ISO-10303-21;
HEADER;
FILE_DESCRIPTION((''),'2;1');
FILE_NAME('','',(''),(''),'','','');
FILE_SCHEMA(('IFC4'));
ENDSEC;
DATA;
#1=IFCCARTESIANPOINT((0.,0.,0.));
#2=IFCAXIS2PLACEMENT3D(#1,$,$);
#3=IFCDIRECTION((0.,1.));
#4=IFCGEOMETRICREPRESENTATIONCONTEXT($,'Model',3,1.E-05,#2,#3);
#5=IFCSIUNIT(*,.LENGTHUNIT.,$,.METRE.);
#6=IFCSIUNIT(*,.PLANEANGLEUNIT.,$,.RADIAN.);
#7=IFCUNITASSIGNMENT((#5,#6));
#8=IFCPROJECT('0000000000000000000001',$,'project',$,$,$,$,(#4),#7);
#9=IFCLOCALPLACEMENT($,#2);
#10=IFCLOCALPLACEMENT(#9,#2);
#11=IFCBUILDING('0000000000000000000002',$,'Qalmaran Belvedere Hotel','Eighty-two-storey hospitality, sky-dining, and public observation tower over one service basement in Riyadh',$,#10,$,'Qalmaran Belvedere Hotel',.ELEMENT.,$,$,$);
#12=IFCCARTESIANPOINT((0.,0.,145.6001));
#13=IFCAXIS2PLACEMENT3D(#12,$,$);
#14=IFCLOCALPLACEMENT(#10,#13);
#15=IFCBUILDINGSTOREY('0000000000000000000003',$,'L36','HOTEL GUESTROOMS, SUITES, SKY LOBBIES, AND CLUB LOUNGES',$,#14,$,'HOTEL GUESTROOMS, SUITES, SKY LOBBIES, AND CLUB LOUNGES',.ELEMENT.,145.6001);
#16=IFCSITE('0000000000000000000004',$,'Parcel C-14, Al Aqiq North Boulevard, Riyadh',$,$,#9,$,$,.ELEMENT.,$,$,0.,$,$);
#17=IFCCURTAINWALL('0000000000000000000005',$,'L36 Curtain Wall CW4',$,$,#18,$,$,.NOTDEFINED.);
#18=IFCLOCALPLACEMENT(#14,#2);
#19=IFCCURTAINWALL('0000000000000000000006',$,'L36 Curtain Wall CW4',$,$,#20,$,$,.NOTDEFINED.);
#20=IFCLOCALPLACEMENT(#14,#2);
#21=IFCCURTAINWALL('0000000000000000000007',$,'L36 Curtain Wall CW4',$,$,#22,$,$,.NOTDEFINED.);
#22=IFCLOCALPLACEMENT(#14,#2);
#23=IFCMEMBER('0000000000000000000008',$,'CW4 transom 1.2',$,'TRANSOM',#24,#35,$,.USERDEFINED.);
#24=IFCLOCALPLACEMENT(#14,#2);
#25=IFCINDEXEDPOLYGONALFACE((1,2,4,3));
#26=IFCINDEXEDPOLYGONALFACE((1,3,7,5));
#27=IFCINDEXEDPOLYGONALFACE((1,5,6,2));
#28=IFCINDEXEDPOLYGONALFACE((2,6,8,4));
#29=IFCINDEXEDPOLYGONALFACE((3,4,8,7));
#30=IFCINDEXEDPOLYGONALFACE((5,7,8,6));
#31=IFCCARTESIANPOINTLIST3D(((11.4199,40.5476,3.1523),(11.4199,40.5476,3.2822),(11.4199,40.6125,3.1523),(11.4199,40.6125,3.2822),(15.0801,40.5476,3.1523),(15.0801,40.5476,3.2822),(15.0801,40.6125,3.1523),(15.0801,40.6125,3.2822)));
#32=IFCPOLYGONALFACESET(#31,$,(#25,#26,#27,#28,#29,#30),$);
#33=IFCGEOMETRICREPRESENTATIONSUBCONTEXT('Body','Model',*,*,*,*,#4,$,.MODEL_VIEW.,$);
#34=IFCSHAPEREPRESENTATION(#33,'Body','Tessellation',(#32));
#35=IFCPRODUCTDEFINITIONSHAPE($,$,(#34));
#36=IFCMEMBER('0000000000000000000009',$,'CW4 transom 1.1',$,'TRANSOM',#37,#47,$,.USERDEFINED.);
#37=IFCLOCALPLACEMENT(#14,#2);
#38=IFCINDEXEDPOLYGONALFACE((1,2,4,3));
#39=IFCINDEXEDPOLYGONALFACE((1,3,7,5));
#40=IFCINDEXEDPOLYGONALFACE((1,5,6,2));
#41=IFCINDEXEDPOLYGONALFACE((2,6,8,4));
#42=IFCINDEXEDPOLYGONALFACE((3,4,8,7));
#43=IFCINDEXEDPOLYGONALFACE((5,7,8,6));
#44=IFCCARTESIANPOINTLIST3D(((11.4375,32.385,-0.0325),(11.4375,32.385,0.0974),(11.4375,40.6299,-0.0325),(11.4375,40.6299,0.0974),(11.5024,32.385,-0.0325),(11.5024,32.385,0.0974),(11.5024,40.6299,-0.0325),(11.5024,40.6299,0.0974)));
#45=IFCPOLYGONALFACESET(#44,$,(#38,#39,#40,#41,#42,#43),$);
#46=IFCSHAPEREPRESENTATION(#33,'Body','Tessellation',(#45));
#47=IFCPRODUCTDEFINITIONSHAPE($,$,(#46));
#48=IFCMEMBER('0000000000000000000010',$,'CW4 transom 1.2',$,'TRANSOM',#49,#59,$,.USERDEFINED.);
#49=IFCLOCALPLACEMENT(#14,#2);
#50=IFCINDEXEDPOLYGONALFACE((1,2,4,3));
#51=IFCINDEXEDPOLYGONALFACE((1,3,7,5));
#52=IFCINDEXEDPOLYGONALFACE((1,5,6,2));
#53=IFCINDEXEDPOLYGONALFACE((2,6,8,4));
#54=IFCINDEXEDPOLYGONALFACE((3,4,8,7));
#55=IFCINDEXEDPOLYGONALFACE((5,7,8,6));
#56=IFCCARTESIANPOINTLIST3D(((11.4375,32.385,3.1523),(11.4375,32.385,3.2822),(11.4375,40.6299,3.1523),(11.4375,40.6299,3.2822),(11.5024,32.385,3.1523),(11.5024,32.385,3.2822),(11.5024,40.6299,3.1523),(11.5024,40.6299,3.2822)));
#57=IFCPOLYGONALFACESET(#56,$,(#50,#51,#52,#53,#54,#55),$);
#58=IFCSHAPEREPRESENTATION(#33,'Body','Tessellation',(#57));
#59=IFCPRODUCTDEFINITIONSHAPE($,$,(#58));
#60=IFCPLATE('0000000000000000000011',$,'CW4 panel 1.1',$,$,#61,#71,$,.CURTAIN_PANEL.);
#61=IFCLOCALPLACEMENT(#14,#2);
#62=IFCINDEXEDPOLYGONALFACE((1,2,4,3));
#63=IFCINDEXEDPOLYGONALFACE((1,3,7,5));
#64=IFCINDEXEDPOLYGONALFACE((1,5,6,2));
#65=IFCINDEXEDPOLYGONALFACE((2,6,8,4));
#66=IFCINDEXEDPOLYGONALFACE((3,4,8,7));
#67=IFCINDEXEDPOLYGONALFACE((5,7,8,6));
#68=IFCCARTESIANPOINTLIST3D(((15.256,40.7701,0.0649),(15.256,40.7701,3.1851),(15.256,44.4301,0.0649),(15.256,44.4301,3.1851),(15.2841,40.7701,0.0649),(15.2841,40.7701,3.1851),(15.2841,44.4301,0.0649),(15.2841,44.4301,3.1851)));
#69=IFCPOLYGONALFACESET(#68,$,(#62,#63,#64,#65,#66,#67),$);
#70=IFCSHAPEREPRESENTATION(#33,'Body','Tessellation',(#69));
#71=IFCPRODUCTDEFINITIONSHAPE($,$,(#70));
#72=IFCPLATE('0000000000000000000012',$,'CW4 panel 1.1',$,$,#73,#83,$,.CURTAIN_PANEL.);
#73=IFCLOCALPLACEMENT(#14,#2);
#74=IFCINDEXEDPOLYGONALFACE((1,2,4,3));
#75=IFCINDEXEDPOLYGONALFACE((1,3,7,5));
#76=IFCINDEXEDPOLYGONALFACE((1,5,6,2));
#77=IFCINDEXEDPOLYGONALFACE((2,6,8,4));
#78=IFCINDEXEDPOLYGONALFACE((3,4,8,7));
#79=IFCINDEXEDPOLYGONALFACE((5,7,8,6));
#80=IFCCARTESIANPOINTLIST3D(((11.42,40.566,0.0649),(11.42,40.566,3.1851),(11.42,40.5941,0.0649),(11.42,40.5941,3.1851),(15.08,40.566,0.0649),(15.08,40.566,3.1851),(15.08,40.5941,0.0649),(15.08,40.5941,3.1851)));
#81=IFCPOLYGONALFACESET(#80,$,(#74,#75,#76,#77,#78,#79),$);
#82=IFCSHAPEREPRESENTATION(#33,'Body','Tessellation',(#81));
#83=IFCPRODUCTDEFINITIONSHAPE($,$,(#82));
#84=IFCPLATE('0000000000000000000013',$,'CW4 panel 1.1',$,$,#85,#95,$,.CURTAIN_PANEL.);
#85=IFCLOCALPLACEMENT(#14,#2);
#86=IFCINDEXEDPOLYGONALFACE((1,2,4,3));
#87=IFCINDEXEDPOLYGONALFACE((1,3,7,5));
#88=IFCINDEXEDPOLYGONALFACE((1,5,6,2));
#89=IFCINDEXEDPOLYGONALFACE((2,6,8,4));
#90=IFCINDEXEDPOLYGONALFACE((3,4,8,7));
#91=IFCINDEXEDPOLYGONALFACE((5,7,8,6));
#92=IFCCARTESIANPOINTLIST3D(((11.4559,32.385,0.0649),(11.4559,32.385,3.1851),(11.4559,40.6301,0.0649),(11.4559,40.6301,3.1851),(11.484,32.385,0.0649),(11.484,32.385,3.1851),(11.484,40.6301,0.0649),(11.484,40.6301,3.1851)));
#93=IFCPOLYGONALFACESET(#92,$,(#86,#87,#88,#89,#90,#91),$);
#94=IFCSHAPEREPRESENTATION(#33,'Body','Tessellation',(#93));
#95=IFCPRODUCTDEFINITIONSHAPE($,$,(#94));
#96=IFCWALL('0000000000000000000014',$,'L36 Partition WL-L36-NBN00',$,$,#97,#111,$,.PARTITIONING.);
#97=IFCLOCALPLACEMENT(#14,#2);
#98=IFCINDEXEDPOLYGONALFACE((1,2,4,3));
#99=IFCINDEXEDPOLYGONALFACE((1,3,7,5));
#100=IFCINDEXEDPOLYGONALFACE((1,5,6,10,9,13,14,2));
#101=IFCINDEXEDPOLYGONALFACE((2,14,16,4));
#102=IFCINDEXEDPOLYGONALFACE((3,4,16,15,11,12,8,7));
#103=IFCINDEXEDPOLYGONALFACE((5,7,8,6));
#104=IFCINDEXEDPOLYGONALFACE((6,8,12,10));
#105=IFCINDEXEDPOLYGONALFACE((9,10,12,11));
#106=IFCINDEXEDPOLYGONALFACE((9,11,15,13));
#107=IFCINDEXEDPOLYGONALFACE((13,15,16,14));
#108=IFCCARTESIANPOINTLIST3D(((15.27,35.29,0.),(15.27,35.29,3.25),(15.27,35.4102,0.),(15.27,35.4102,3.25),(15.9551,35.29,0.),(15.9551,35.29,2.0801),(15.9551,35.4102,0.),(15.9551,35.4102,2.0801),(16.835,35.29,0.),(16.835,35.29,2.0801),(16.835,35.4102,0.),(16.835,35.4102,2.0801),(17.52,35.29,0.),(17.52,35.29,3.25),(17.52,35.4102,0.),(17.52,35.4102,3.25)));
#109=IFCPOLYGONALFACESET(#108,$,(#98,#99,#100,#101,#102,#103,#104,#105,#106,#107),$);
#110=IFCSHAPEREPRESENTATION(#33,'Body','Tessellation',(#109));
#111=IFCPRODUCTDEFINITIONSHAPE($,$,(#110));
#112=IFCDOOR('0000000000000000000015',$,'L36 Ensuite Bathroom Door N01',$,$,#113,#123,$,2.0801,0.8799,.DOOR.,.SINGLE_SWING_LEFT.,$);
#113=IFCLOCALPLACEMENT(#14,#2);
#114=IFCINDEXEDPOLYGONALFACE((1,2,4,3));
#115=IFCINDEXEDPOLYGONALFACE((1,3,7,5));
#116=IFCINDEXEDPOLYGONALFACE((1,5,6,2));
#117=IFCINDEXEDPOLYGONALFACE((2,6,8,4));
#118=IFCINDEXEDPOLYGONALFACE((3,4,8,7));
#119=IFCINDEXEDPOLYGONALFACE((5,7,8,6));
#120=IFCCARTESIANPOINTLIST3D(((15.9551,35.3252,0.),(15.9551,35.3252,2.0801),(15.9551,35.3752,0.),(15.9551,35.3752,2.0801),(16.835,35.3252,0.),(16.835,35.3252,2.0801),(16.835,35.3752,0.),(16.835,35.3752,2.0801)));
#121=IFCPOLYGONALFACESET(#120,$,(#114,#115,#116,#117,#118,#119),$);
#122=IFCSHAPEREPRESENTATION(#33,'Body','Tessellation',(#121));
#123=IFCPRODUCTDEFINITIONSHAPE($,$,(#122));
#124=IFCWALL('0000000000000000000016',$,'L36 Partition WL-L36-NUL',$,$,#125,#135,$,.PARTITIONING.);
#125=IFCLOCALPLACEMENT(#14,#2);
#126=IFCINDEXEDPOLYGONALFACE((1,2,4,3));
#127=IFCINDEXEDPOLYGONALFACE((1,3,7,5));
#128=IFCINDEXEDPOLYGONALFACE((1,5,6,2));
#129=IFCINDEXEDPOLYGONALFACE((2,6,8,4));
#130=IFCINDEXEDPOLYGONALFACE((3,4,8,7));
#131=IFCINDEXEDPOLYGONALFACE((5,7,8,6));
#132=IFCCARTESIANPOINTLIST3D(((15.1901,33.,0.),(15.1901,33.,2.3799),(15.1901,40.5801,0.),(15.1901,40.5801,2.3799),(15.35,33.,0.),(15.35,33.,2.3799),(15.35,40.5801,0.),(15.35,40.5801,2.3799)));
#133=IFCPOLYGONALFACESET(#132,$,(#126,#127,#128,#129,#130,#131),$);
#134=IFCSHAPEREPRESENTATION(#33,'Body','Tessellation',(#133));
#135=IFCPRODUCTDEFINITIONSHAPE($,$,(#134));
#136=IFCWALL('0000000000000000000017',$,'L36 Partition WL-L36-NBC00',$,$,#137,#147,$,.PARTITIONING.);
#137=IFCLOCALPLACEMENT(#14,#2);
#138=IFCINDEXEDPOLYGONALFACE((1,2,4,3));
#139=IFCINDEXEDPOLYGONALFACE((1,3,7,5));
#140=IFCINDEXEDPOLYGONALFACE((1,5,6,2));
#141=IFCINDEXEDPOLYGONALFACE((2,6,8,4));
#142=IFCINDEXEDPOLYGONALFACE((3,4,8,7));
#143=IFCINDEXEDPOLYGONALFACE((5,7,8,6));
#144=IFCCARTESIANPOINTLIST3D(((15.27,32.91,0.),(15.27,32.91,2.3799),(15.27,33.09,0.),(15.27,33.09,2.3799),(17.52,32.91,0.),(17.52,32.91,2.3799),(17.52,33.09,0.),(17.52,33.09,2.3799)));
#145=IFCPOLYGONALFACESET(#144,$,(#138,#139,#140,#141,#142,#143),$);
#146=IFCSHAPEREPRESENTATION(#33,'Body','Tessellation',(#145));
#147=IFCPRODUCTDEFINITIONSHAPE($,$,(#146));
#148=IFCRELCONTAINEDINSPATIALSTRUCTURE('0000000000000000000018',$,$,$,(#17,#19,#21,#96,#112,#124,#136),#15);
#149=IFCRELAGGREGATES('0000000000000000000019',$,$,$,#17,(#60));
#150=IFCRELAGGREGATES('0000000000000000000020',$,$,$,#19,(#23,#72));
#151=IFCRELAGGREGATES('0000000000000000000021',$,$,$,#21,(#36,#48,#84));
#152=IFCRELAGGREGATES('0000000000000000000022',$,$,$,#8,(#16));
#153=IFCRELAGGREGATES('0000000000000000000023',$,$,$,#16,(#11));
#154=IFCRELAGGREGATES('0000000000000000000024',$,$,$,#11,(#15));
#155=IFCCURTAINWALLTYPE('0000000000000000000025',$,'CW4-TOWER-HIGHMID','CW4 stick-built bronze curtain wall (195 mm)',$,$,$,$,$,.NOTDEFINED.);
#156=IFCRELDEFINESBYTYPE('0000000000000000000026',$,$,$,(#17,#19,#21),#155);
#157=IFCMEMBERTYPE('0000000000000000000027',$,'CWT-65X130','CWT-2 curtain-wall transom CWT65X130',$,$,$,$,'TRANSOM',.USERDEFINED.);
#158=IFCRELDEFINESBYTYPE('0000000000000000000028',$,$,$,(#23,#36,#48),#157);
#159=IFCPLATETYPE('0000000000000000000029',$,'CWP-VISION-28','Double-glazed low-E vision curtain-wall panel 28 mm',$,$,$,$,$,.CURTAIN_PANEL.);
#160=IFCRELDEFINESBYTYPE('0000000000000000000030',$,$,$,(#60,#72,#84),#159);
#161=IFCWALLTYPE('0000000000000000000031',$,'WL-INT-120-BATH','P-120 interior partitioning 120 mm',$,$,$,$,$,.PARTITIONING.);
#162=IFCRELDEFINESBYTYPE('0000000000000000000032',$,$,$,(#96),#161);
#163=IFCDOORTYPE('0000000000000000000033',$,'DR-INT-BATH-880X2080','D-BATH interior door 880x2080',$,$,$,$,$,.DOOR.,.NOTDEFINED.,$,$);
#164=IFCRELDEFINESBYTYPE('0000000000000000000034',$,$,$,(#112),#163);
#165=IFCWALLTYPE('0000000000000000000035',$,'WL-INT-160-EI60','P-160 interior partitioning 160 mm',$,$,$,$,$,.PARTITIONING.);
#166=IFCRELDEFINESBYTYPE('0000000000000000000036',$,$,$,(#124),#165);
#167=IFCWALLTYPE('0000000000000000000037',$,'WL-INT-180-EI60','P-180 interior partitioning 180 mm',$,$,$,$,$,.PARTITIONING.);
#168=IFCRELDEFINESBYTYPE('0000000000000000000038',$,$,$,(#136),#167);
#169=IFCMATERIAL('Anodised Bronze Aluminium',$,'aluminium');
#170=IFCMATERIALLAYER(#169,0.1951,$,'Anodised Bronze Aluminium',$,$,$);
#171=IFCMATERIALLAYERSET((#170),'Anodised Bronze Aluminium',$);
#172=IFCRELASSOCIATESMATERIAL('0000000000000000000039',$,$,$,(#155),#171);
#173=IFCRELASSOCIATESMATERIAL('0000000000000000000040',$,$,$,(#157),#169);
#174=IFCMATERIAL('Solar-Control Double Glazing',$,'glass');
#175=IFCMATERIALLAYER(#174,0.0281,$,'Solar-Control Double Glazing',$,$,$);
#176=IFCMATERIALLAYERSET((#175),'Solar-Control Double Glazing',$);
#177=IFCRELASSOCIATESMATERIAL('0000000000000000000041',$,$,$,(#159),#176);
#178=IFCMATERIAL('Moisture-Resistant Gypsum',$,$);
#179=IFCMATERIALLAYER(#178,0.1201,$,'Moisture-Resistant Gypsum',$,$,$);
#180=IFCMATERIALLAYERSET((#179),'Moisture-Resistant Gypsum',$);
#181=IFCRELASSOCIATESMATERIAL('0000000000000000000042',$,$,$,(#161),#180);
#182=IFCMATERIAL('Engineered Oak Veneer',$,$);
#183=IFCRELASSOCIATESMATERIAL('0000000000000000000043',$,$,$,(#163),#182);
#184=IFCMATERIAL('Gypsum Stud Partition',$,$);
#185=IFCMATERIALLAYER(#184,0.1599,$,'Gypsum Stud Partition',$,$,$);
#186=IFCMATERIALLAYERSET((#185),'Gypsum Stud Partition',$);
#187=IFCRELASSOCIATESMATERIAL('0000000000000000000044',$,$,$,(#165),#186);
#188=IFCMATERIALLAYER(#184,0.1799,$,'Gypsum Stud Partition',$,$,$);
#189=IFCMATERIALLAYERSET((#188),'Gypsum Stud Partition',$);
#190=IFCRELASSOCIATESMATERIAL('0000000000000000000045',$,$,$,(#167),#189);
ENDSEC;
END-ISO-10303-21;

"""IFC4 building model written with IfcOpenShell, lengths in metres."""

from ifc_helpers import new_model, si_unit, direction, frame, frame_2d, origin, origin_2d, place, context, subcontext, project, spatial, rectangle, extrude, material, layer, layer_set, material_profile, profile_set, type_object, element, fill, aggregate, save


model = new_model("IFC4")

# Units and contexts
model_context = context("Model", 3, precision=1e-05, world=origin(), true_north=direction((0.0, 1.0)))
body_context = subcontext(model_context, "Body", "Model", "MODEL_VIEW")
ifc_project = project(units=[si_unit("LENGTHUNIT", "METRE"), si_unit("PLANEANGLEUNIT", "RADIAN")], contexts=[model_context])

# Site, building, storey
site_placement = place(None, origin())
site = spatial("IfcSite", under=ifc_project, at=site_placement, Name="Parcel C-14, Al Aqiq North Boulevard, Riyadh", CompositionType="ELEMENT", RefElevation=0.0)
building_placement = place(site_placement, origin())
building = spatial("IfcBuilding", under=site, at=building_placement, Name="Qalmaran Belvedere Hotel", Description="Eighty-two-storey hospitality, sky-dining, and public observation tower over one service basement in Riyadh", LongName="Qalmaran Belvedere Hotel", CompositionType="ELEMENT")
storey_placement = place(building_placement, frame((0.0, 0.0, 145.6001)))
storey = spatial("IfcBuildingStorey", under=building, at=storey_placement, Name="L36", Description="HOTEL GUESTROOMS, SUITES, SKY LOBBIES, AND CLUB LOUNGES", LongName="HOTEL GUESTROOMS, SUITES, SKY LOBBIES, AND CLUB LOUNGES", CompositionType="ELEMENT", Elevation=145.6001)

# Shared definitions
ifc_material_1 = material(Name="Anodised Bronze Aluminium", Category="aluminium")
ifc_layer_1 = layer(ifc_material_1, 0.1951, Name="Anodised Bronze Aluminium")
ifc_layer_set_1 = layer_set([ifc_layer_1], Name="Anodised Bronze Aluminium")
curtain_wall_type = type_object("IfcCurtainWallType", Name="CW4-TOWER-HIGHMID", Description="CW4 stick-built bronze curtain wall (195 mm)", PredefinedType="NOTDEFINED", material=ifc_layer_set_1)

# Curtain walls
curtain_wall_1_placement = place(storey_placement, origin())
curtain_wall_1 = element("IfcCurtainWall", 1, at=curtain_wall_1_placement, inside=storey, type_object=curtain_wall_type, Name="L36 Curtain Wall CW4", PredefinedType="NOTDEFINED")
curtain_wall_2_placement = place(storey_placement, origin())
curtain_wall_2 = element("IfcCurtainWall", 2, at=curtain_wall_2_placement, inside=storey, type_object=curtain_wall_type, Name="L36 Curtain Wall CW4", PredefinedType="NOTDEFINED")

# Curtain wall
curtain_wall_3_placement = place(storey_placement, origin())
curtain_wall_3 = element("IfcCurtainWall", 3, at=curtain_wall_3_placement, inside=storey, type_object=curtain_wall_type, Name="L36 Curtain Wall CW4", PredefinedType="NOTDEFINED")

# Members
ifc_material_profile_1 = material_profile(ifc_material_1, rectangle(XDim=0.0649, YDim=0.1299, at=origin_2d()), Name="CWT65X130")
ifc_profile_set_1 = profile_set([ifc_material_profile_1], Name="Anodised Bronze Aluminium")
member_type_1 = type_object("IfcMemberType", Name="CWT-65X130", Description="CWT-2 curtain-wall transom CWT65X130", ElementType="TRANSOM", PredefinedType="USERDEFINED", material=ifc_profile_set_1)
member_1_placement = place(storey_placement, frame((15.0801, 40.5801, 3.2173), z_axis=(-1.0, 0.0, 0.0), x_axis=(0.0, -1.0, 0.0)))
member_1 = element("IfcMember", 4, at=member_1_placement, type_object=member_type_1, Name="CW4 transom 1.2", ObjectType="TRANSOM", PredefinedType="USERDEFINED", context=body_context, shape_type="SweptSolid", body=[
    extrude(rectangle(XDim=0.0649, YDim=0.1299, at=origin_2d()), origin(), (0.0, 0.0, 1.0), 3.6602),
])
member_2_placement = place(storey_placement, frame((11.47, 40.6299, 0.0325), z_axis=(0.0, -1.0, 0.0), x_axis=(1.0, 0.0, 0.0)))
member_2 = element("IfcMember", 5, at=member_2_placement, type_object=member_type_1, Name="CW4 transom 1.1", ObjectType="TRANSOM", PredefinedType="USERDEFINED", context=body_context, shape_type="SweptSolid", body=[
    extrude(rectangle(XDim=0.0649, YDim=0.1299, at=origin_2d()), origin(), (0.0, 0.0, 1.0), 8.2449),
])
member_3_placement = place(storey_placement, frame((11.47, 40.6299, 3.2173), z_axis=(0.0, -1.0, 0.0), x_axis=(1.0, 0.0, 0.0)))
member_3 = element("IfcMember", 6, at=member_3_placement, type_object=member_type_1, Name="CW4 transom 1.2", ObjectType="TRANSOM", PredefinedType="USERDEFINED", context=body_context, shape_type="SweptSolid", body=[
    extrude(rectangle(XDim=0.0649, YDim=0.1299, at=origin_2d()), origin(), (0.0, 0.0, 1.0), 8.2449),
])

# Plates
ifc_material_2 = material(Name="Solar-Control Double Glazing", Category="glass")
ifc_layer_2 = layer(ifc_material_2, 0.0281, Name="Solar-Control Double Glazing")
ifc_layer_set_2 = layer_set([ifc_layer_2], Name="Solar-Control Double Glazing")
plate_type = type_object("IfcPlateType", Name="CWP-VISION-28", Description="Double-glazed low-E vision curtain-wall panel 28 mm", PredefinedType="CURTAIN_PANEL", material=ifc_layer_set_2)
plate_1_placement = place(storey_placement, frame((15.27, 42.6001, 0.0649), z_axis=(0.0, 0.0, 1.0), x_axis=(0.0, -1.0, 0.0)))
plate_1 = element("IfcPlate", 7, at=plate_1_placement, type_object=plate_type, Name="CW4 panel 1.1", PredefinedType="CURTAIN_PANEL", context=body_context, shape_type="SweptSolid", body=[
    extrude(rectangle(XDim=3.6599, YDim=0.0281, at=origin_2d()), origin(), (0.0, 0.0, 1.0), 3.1201),
])
aggregate(curtain_wall_1, [plate_1])
plate_2_placement = place(storey_placement, frame((13.25, 40.5801, 0.0649), z_axis=(0.0, 0.0, 1.0), x_axis=(-1.0, 0.0, 0.0)))
plate_2 = element("IfcPlate", 8, at=plate_2_placement, type_object=plate_type, Name="CW4 panel 1.1", PredefinedType="CURTAIN_PANEL", context=body_context, shape_type="SweptSolid", body=[
    extrude(rectangle(XDim=3.6599, YDim=0.0281, at=origin_2d()), origin(), (0.0, 0.0, 1.0), 3.1201),
])
aggregate(curtain_wall_2, [member_1, plate_2])
plate_3_placement = place(storey_placement, frame((11.47, 36.5076, 0.0649), z_axis=(0.0, 0.0, 1.0), x_axis=(0.0, -1.0, 0.0)))
plate_3 = element("IfcPlate", 9, at=plate_3_placement, type_object=plate_type, Name="CW4 panel 1.1", PredefinedType="CURTAIN_PANEL", context=body_context, shape_type="SweptSolid", body=[
    extrude(rectangle(XDim=8.2451, YDim=0.0281, at=origin_2d()), origin(), (0.0, 0.0, 1.0), 3.1201),
])
aggregate(curtain_wall_3, [member_2, member_3, plate_3])

# Wall, opening, door
ifc_material_3 = material(Name="Moisture-Resistant Gypsum")
ifc_layer_3 = layer(ifc_material_3, 0.1201, Name="Moisture-Resistant Gypsum")
ifc_layer_set_3 = layer_set([ifc_layer_3], Name="Moisture-Resistant Gypsum")
wall_type_1 = type_object("IfcWallType", Name="WL-INT-120-BATH", Description="P-120 interior partitioning 120 mm", PredefinedType="PARTITIONING", material=ifc_layer_set_3)
wall_1_placement = place(storey_placement, frame((15.27, 35.3501, 0.0), z_axis=(0.0, 0.0, 1.0), x_axis=(1.0, 0.0, 0.0)))
wall_1 = element("IfcWall", 10, at=wall_1_placement, inside=storey, type_object=wall_type_1, Name="L36 Partition WL-L36-NBN00", PredefinedType="PARTITIONING", context=body_context, shape_type="SweptSolid", body=[
    extrude(rectangle(XDim=2.25, YDim=0.1201, at=frame_2d((1.125, 0.0))), origin(), (0.0, 0.0, 1.0), 3.25),
])
opening_placement = place(wall_1_placement, frame((1.5649, 0.0, 0.0), z_axis=(0.0, 0.0, 1.0), x_axis=(-1.0, 0.0, 0.0)))
opening = element("IfcOpeningElement", 11, at=opening_placement, cuts=wall_1, PredefinedType="OPENING", context=body_context, shape_type="SweptSolid", body=[
    extrude(rectangle(XDim=0.8799, YDim=2.0801, at=frame_2d((0.4399, 1.04))), frame((0.0, 0.0701, 0.0), z_axis=(0.0, -1.0, 0.0), x_axis=(1.0, 0.0, 0.0)), (0.0, 0.0, 1.0), 0.1401),
])
ifc_material_4 = material(Name="Engineered Oak Veneer")
door_type = type_object("IfcDoorType", Name="DR-INT-BATH-880X2080", Description="D-BATH interior door 880x2080", OperationType="NOTDEFINED", PredefinedType="DOOR", material=ifc_material_4)
door_placement = place(opening_placement, origin())
door = element("IfcDoor", 12, at=door_placement, inside=storey, type_object=door_type, Name="L36 Ensuite Bathroom Door N01", OperationType="SINGLE_SWING_LEFT", OverallHeight=2.0801, OverallWidth=0.8799, PredefinedType="DOOR", context=body_context, shape_type="SweptSolid", body=[
    extrude(rectangle(XDim=0.8799, YDim=2.0801, at=frame_2d((0.4399, 1.04))), frame((0.0, 0.0249, 0.0), z_axis=(0.0, -1.0, 0.0), x_axis=(1.0, 0.0, 0.0)), (0.0, 0.0, 1.0), 0.05),
])
fill(opening, door)

# Walls
ifc_material_5 = material(Name="Gypsum Stud Partition")
ifc_layer_4 = layer(ifc_material_5, 0.1599, Name="Gypsum Stud Partition")
ifc_layer_set_4 = layer_set([ifc_layer_4], Name="Gypsum Stud Partition")
wall_type_2 = type_object("IfcWallType", Name="WL-INT-160-EI60", Description="P-160 interior partitioning 160 mm", PredefinedType="PARTITIONING", material=ifc_layer_set_4)
wall_2_placement = place(storey_placement, frame((15.27, 33.0, 0.0), z_axis=(0.0, 0.0, 1.0), x_axis=(0.0, 1.0, 0.0)))
element("IfcWall", 13, at=wall_2_placement, inside=storey, type_object=wall_type_2, Name="L36 Partition WL-L36-NUL", PredefinedType="PARTITIONING", context=body_context, shape_type="SweptSolid", body=[
    extrude(rectangle(XDim=7.5801, YDim=0.1599, at=frame_2d((3.79, 0.0))), origin(), (0.0, 0.0, 1.0), 2.3799),
])
ifc_layer_5 = layer(ifc_material_5, 0.1799, Name="Gypsum Stud Partition")
ifc_layer_set_5 = layer_set([ifc_layer_5], Name="Gypsum Stud Partition")
wall_type_3 = type_object("IfcWallType", Name="WL-INT-180-EI60", Description="P-180 interior partitioning 180 mm", PredefinedType="PARTITIONING", material=ifc_layer_set_5)
wall_3_placement = place(storey_placement, frame((15.27, 33.0, 0.0), z_axis=(0.0, 0.0, 1.0), x_axis=(1.0, 0.0, 0.0)))
element("IfcWall", 14, at=wall_3_placement, inside=storey, type_object=wall_type_3, Name="L36 Partition WL-L36-NBC00", PredefinedType="PARTITIONING", context=body_context, shape_type="SweptSolid", body=[
    extrude(rectangle(XDim=2.25, YDim=0.1799, at=frame_2d((1.125, 0.0))), origin(), (0.0, 0.0, 1.0), 2.3799),
])

save(model, "model.ifc")
